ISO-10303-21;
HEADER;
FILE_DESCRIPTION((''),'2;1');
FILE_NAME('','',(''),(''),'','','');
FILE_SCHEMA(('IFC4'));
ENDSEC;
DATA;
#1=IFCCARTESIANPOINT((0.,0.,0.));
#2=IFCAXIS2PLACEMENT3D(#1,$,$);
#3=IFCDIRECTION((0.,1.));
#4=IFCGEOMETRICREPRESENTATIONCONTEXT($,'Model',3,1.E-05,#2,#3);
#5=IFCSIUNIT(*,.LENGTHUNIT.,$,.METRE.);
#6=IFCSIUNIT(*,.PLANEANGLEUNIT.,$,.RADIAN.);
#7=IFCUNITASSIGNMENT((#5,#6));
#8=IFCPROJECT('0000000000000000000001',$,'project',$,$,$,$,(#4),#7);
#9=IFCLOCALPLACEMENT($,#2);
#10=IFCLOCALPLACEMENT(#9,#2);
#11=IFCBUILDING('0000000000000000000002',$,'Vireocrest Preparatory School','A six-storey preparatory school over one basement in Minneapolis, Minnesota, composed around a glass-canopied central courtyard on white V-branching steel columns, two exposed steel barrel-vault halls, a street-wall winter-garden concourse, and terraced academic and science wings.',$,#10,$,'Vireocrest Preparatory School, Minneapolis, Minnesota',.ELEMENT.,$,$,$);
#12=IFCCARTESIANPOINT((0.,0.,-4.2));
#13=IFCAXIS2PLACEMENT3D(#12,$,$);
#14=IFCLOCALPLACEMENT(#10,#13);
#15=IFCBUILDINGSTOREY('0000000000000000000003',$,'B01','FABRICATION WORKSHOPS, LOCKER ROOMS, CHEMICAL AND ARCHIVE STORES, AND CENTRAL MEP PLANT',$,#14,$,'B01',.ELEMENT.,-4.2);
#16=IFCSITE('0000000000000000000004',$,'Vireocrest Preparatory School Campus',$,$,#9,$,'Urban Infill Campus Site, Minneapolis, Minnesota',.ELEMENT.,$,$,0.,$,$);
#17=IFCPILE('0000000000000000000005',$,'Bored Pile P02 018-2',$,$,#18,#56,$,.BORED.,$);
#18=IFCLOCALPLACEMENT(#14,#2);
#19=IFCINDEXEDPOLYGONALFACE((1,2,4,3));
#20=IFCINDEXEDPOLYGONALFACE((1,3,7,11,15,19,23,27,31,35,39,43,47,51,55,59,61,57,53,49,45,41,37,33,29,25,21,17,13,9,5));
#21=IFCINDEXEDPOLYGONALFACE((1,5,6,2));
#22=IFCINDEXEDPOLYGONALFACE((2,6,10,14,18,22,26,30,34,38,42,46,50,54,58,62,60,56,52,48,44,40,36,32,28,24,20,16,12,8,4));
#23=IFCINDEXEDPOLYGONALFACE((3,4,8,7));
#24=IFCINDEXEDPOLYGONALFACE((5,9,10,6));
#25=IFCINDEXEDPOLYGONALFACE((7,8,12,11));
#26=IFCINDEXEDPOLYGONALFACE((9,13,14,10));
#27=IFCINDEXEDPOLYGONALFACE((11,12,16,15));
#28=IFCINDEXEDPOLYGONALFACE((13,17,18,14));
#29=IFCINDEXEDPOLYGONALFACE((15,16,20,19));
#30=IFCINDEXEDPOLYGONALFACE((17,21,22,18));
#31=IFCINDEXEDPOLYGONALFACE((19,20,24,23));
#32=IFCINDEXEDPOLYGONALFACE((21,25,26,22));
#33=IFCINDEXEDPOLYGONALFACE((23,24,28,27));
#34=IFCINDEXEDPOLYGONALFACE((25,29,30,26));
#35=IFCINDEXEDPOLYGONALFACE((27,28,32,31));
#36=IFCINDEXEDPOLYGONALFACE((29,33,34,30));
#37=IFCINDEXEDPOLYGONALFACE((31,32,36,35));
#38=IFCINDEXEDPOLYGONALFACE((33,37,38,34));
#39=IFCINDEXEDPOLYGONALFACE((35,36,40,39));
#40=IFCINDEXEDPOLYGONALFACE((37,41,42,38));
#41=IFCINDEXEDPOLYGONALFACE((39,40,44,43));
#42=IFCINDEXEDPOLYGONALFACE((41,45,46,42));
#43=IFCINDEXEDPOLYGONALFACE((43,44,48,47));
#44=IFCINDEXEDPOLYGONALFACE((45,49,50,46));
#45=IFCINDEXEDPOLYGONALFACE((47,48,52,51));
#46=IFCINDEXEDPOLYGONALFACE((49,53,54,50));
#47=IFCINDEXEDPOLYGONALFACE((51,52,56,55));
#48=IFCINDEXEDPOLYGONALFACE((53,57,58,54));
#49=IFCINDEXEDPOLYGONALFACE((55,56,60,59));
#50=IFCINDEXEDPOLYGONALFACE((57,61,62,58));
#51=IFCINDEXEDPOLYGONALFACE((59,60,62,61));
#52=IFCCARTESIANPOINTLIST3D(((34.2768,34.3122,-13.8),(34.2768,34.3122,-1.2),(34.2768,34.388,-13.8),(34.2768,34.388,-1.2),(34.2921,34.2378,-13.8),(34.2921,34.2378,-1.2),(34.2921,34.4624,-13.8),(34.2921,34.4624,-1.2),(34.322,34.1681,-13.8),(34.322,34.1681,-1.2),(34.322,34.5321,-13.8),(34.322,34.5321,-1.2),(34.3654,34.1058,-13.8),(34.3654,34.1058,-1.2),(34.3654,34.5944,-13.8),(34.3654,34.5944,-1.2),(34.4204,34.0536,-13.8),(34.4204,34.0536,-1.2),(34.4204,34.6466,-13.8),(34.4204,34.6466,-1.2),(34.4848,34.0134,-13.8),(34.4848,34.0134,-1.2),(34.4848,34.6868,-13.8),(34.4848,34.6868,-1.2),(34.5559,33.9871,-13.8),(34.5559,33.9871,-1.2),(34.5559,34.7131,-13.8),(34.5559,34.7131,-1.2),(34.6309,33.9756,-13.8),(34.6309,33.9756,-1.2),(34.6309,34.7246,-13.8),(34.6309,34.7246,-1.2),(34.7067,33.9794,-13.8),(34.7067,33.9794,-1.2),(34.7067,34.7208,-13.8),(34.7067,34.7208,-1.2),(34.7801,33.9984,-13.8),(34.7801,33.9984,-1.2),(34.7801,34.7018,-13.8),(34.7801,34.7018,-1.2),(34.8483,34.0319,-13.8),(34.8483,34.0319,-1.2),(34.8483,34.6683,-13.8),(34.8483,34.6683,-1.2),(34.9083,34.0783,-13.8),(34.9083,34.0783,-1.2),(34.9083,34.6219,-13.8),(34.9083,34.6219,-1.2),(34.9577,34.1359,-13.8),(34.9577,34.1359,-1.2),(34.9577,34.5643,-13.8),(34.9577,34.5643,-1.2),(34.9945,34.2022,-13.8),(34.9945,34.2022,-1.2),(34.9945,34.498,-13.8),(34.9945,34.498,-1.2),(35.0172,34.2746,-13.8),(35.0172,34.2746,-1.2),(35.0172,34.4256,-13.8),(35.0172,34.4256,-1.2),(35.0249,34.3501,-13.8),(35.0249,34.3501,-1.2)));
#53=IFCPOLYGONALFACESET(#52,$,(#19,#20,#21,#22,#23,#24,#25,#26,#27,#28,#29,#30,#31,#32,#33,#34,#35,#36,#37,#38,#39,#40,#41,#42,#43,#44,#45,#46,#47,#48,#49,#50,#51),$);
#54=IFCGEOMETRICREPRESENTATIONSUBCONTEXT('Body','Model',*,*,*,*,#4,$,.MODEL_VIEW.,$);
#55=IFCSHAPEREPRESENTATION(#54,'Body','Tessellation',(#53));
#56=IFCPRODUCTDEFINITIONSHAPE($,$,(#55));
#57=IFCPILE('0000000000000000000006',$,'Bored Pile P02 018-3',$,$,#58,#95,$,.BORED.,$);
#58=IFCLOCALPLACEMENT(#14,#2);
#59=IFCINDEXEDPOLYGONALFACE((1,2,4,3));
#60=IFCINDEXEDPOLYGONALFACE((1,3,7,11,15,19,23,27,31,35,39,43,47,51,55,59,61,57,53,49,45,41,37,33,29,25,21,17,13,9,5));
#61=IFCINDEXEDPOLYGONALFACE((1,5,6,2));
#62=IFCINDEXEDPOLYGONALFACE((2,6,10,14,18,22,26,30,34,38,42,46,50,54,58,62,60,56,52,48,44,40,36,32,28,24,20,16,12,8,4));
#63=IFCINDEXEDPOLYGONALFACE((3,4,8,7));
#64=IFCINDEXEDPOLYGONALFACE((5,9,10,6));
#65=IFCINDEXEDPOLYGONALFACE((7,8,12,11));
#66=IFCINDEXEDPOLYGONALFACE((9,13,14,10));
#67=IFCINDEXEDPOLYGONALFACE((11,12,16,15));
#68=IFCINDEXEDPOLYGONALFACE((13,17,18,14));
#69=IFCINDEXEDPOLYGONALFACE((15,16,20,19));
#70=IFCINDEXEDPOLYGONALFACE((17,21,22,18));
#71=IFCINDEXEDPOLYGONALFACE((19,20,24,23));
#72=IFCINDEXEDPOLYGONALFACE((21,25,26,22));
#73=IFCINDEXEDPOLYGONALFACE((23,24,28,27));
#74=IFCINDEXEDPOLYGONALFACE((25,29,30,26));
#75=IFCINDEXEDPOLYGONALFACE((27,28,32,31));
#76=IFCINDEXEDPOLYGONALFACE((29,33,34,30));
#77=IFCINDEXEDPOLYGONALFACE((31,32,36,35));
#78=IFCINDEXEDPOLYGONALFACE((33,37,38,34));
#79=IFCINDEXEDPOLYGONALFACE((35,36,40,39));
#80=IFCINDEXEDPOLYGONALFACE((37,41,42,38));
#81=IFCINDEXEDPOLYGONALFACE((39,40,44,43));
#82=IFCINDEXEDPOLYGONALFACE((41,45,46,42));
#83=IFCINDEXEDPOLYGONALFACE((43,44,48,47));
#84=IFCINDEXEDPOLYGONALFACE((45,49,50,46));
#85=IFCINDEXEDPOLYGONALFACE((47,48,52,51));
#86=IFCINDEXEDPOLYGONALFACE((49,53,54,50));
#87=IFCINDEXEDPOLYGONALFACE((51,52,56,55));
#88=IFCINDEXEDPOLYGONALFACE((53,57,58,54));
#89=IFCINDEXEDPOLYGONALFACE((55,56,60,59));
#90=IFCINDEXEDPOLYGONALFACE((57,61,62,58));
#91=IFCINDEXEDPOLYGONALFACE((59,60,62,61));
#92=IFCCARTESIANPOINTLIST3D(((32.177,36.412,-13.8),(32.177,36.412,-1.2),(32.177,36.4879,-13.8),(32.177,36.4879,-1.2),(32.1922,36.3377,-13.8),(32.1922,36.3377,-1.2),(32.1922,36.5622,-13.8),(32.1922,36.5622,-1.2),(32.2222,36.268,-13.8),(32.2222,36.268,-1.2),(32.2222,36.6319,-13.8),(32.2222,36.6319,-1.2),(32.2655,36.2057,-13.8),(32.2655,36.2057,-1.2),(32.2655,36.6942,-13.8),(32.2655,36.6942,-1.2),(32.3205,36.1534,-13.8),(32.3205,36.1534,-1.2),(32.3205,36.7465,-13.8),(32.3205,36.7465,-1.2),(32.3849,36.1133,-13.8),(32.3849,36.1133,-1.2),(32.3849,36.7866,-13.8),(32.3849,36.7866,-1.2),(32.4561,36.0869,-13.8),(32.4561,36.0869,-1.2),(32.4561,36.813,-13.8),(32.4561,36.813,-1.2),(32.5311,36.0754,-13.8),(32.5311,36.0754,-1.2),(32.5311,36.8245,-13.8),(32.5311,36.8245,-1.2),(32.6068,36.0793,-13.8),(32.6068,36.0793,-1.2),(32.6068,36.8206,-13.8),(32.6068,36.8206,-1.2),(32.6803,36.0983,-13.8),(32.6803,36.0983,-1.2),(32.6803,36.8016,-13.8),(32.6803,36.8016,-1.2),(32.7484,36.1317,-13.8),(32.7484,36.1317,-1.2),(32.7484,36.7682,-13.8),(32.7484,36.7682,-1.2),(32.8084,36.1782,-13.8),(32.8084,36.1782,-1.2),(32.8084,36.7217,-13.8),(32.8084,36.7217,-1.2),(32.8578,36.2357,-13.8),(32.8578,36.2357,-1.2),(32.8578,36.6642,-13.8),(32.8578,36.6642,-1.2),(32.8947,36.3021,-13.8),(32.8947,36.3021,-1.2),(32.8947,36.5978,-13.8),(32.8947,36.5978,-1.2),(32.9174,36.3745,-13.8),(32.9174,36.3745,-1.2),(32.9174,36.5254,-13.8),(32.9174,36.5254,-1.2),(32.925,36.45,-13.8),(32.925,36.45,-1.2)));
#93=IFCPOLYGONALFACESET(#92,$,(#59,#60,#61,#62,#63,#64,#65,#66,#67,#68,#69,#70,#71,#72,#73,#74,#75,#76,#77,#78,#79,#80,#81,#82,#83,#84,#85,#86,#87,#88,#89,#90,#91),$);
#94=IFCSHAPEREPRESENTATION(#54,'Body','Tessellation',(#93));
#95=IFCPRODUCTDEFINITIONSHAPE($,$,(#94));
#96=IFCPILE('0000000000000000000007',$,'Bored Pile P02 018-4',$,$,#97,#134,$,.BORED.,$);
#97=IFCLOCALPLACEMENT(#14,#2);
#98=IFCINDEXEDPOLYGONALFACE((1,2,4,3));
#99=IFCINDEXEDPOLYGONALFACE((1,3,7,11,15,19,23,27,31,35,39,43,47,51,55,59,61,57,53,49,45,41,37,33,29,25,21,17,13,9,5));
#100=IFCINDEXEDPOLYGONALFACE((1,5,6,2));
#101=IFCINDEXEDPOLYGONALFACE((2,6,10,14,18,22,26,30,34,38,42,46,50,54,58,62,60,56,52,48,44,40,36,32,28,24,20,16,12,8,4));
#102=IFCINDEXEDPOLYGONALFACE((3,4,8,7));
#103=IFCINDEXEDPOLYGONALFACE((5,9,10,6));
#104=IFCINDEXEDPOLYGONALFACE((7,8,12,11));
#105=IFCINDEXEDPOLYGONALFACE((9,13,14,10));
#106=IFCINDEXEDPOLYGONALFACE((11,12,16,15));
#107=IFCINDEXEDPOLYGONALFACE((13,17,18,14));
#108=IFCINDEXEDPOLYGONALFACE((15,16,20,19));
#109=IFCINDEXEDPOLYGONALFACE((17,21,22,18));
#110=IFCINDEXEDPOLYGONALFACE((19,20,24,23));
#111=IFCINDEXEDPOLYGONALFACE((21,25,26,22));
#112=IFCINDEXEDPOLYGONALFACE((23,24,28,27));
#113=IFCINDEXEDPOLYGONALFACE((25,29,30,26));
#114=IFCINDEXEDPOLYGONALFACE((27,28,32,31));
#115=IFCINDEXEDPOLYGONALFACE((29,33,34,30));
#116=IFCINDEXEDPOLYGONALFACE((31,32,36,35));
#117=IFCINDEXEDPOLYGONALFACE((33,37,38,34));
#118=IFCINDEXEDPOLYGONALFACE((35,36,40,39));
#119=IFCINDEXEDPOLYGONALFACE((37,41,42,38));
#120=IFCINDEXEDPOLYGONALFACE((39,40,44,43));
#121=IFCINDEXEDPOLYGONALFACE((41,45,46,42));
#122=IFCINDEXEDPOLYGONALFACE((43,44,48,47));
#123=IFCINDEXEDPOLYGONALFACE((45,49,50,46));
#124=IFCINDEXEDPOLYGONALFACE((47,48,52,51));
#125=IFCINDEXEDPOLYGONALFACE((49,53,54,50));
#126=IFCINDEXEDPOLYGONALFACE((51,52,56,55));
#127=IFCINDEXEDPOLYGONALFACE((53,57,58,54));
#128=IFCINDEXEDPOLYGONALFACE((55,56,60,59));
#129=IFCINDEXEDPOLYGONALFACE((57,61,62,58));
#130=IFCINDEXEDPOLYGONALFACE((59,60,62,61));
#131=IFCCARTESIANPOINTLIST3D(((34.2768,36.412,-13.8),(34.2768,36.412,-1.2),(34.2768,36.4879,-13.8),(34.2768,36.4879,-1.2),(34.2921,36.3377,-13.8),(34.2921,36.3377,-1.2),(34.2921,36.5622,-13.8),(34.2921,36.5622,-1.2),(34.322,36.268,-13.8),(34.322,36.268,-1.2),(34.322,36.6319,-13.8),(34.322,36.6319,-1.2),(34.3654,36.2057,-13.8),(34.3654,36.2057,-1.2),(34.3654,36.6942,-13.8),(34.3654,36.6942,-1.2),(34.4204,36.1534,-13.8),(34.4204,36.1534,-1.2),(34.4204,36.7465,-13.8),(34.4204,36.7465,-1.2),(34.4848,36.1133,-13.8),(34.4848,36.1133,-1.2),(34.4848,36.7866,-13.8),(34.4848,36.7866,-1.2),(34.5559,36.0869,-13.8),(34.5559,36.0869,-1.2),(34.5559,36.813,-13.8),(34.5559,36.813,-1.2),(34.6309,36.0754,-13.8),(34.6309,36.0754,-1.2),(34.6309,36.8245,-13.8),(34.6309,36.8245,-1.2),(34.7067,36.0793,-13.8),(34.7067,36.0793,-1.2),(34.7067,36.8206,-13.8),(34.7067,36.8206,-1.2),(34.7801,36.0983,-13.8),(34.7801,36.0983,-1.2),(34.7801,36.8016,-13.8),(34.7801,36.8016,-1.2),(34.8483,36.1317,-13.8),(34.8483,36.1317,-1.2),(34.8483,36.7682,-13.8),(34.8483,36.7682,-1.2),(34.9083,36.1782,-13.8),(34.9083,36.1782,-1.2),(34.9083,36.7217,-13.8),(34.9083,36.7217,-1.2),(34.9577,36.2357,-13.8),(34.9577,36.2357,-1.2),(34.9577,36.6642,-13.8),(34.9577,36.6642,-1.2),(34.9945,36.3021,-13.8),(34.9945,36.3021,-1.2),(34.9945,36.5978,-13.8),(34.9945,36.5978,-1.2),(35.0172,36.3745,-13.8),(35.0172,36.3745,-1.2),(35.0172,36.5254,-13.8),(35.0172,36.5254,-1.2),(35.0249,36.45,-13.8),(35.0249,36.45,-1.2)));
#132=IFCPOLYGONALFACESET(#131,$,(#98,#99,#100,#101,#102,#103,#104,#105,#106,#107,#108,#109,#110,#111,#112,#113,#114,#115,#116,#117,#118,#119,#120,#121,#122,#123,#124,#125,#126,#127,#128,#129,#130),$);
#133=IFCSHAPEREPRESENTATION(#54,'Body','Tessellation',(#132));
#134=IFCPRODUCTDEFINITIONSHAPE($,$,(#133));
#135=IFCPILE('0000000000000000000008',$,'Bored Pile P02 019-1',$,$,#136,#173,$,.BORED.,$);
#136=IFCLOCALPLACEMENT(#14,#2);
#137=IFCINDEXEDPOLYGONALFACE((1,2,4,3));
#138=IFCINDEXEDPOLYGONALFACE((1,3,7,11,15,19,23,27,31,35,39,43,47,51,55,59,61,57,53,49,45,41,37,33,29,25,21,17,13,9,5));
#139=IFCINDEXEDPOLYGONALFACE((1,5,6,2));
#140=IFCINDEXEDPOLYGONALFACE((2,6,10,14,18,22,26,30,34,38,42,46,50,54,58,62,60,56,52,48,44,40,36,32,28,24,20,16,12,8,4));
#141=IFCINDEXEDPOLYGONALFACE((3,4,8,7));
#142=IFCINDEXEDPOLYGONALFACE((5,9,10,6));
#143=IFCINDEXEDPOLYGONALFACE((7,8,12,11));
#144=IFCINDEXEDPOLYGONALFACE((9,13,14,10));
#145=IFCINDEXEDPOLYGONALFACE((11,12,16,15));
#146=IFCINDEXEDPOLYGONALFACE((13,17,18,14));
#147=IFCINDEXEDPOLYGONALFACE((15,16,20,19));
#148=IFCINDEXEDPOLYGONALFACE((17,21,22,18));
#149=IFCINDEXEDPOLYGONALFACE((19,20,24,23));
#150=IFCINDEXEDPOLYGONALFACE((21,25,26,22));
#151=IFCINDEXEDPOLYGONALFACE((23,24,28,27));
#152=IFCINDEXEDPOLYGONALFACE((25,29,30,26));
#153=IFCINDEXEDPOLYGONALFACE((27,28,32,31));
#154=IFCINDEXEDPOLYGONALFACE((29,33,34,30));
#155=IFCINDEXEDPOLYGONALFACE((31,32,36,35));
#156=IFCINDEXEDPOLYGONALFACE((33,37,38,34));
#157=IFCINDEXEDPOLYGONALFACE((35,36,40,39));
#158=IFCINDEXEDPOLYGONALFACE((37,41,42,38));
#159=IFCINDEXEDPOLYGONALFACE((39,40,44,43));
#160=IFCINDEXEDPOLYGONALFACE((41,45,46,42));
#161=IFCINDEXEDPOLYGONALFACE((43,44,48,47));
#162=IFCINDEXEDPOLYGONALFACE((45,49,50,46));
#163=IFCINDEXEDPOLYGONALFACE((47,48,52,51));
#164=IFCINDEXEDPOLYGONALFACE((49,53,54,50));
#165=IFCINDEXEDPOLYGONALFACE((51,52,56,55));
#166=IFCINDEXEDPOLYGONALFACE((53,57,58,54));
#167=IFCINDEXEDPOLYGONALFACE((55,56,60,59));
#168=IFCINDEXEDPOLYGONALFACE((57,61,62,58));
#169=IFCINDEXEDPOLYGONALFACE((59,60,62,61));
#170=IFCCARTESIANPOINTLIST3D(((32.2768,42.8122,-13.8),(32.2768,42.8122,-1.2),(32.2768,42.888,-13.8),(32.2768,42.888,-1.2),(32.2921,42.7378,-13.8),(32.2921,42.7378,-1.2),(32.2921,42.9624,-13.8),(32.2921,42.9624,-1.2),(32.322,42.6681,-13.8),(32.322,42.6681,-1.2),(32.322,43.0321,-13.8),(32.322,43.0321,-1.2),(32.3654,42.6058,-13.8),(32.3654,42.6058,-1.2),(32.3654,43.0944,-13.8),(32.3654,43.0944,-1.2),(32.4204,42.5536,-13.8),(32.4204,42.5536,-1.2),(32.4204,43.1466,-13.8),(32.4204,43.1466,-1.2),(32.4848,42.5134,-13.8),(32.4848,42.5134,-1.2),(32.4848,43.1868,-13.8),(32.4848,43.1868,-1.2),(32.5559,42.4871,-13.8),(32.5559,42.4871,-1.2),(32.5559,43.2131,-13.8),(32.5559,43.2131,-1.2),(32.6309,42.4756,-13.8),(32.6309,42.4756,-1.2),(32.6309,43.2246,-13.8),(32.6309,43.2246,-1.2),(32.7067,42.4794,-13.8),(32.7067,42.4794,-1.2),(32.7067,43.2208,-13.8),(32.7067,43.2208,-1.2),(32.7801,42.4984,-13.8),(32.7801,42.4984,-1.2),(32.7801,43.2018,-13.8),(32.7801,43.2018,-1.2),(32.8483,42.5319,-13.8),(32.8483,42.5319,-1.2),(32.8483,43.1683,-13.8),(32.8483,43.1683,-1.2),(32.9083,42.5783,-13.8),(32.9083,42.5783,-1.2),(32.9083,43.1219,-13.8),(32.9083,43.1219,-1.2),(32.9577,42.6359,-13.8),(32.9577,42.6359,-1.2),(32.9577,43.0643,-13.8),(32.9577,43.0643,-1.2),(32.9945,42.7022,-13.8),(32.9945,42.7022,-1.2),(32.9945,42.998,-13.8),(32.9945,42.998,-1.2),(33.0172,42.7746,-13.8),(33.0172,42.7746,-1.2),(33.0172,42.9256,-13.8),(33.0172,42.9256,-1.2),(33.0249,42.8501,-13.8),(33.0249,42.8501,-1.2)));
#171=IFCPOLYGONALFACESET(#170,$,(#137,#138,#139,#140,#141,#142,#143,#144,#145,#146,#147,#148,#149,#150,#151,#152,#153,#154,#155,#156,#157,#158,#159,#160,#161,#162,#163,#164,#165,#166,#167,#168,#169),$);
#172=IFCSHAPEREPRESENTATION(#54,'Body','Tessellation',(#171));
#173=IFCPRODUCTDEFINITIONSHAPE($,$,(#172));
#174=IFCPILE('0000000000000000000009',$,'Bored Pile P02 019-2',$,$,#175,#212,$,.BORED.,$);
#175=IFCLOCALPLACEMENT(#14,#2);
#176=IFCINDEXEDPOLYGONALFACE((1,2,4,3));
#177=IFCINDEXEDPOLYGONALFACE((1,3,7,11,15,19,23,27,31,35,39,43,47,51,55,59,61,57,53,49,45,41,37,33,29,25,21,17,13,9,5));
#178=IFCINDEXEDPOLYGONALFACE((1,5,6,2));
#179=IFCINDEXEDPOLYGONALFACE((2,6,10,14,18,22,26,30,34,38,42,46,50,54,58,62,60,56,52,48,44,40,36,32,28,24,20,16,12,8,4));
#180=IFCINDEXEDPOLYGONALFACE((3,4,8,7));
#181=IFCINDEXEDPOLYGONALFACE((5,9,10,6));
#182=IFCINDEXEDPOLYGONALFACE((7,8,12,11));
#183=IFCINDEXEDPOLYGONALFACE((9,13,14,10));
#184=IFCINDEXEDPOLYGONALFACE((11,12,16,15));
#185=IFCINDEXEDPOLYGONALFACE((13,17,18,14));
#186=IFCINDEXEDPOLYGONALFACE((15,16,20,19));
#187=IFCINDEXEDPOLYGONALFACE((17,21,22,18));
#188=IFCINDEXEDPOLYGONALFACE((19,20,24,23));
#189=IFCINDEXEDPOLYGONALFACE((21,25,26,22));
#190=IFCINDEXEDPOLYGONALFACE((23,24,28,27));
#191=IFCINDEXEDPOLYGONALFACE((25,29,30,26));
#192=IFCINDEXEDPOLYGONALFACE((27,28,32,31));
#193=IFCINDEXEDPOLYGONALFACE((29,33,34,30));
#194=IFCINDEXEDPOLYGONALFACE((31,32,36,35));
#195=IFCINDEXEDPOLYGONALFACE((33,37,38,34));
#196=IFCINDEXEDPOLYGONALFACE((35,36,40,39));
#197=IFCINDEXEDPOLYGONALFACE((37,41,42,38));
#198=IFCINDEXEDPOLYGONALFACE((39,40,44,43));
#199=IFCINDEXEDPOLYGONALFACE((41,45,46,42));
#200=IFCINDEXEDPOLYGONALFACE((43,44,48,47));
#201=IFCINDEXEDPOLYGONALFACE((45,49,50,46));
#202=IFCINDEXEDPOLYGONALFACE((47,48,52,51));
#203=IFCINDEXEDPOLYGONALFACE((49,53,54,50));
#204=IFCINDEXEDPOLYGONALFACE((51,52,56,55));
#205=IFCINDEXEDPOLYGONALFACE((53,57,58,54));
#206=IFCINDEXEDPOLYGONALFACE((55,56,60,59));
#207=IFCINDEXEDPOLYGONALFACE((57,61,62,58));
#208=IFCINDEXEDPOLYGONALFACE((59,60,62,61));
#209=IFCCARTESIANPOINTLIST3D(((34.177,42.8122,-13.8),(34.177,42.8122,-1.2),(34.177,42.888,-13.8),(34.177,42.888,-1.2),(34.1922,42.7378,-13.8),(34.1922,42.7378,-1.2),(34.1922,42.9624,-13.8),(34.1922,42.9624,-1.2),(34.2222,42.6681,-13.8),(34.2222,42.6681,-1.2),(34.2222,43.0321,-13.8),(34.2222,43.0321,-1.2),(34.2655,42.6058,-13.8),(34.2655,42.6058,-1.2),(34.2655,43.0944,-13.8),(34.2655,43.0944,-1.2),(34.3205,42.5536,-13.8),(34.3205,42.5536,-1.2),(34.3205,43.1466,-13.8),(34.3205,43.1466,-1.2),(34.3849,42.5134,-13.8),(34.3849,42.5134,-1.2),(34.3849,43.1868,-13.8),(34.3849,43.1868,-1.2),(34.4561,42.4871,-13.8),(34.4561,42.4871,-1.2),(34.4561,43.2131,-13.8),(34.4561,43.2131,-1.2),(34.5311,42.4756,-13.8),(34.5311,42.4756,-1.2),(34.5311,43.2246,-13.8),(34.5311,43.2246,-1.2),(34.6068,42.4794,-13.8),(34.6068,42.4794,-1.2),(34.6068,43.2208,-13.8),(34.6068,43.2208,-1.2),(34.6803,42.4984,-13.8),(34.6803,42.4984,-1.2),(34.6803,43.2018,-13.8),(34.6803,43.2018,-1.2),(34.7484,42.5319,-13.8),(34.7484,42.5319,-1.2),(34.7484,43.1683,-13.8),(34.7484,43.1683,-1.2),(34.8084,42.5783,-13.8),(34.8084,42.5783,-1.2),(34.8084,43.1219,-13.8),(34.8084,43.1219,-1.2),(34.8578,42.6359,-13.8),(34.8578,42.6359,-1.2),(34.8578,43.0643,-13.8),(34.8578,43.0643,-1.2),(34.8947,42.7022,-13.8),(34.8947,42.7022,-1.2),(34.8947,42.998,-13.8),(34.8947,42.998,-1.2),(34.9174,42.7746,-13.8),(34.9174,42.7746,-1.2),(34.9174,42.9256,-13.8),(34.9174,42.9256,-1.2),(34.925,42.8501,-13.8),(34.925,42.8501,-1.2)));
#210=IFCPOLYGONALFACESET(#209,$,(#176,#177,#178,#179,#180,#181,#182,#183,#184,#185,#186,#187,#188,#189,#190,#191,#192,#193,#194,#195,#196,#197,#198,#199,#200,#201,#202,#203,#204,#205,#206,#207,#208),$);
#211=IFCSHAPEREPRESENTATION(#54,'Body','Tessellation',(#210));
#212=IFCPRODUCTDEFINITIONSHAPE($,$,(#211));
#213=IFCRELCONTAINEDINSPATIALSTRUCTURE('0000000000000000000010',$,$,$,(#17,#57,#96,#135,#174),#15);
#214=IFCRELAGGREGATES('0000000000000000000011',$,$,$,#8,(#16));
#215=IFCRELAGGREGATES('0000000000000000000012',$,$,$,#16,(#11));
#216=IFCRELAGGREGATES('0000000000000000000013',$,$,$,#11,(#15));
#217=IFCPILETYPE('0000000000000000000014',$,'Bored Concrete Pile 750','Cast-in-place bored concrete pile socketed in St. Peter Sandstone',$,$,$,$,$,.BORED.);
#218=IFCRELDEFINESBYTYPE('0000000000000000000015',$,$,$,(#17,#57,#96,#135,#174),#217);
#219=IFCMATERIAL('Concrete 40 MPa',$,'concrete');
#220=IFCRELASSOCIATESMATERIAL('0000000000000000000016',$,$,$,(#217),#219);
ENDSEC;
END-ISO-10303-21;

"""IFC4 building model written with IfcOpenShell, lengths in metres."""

from ifc_helpers import new_model, si_unit, direction, frame, origin, origin_2d, place, context, subcontext, project, spatial, circle, extrude, material, material_profile, profile_set, type_object, element, save


model = new_model("IFC4")

# Units and contexts
model_context = context("Model", 3, precision=1e-05, world=origin(), true_north=direction((0.0, 1.0)))
body_context = subcontext(model_context, "Body", "Model", "MODEL_VIEW")
ifc_project = project(units=[si_unit("LENGTHUNIT", "METRE"), si_unit("PLANEANGLEUNIT", "RADIAN")], contexts=[model_context])

# Site, building, storey
site_placement = place(None, origin())
site = spatial("IfcSite", under=ifc_project, at=site_placement, Name="Vireocrest Preparatory School Campus", LongName="Urban Infill Campus Site, Minneapolis, Minnesota", CompositionType="ELEMENT", RefElevation=0.0)
building_placement = place(site_placement, origin())
building = spatial("IfcBuilding", under=site, at=building_placement, Name="Vireocrest Preparatory School", Description="A six-storey preparatory school over one basement in Minneapolis, Minnesota, composed around a glass-canopied central courtyard on white V-branching steel columns, two exposed steel barrel-vault halls, a street-wall winter-garden concourse, and terraced academic and science wings.", LongName="Vireocrest Preparatory School, Minneapolis, Minnesota", CompositionType="ELEMENT")
storey_placement = place(building_placement, frame((0.0, 0.0, -4.2)))
storey = spatial("IfcBuildingStorey", under=building, at=storey_placement, Name="B01", Description="FABRICATION WORKSHOPS, LOCKER ROOMS, CHEMICAL AND ARCHIVE STORES, AND CENTRAL MEP PLANT", LongName="B01", CompositionType="ELEMENT", Elevation=-4.2)

# Piles
ifc_material_1 = material(Name="Concrete 40 MPa", Category="concrete")
ifc_material_profile_1 = material_profile(ifc_material_1, circle(Radius=0.375, at=origin_2d()), Name="BORED PILE 750")
ifc_profile_set_1 = profile_set([ifc_material_profile_1], Name="Concrete 40 MPa")
pile_type_1 = type_object("IfcPileType", Name="Bored Concrete Pile 750", Description="Cast-in-place bored concrete pile socketed in St. Peter Sandstone", PredefinedType="BORED", material=ifc_profile_set_1)
for number, where, z_axis, x_axis, name in (
    (1, (34.6499, 34.3501, -1.2), (0.0, 0.0, -1.0), (1.0, 0.0, 0.0), "Bored Pile P02 018-2"),
    (2, (32.55, 36.45, -1.2), (0.0, 0.0, -1.0), (1.0, 0.0, 0.0), "Bored Pile P02 018-3"),
    (3, (34.6499, 36.45, -1.2), (0.0, 0.0, -1.0), (1.0, 0.0, 0.0), "Bored Pile P02 018-4"),
    (4, (32.6499, 42.8501, -1.2), (0.0, 0.0, -1.0), (1.0, 0.0, 0.0), "Bored Pile P02 019-1"),
    (5, (34.55, 42.8501, -1.2), (0.0, 0.0, -1.0), (1.0, 0.0, 0.0), "Bored Pile P02 019-2"),
):
    element("IfcPile", number, at=place(storey_placement, frame(where, z_axis=z_axis, x_axis=x_axis)), inside=storey, type_object=pile_type_1, Name=name, PredefinedType="BORED", context=body_context, shape_type="SweptSolid", body=[
        extrude(circle(Radius=0.375, at=origin_2d()), origin(), (0.0, 0.0, 1.0), 12.6001),
    ])

save(model, "model.ifc")
